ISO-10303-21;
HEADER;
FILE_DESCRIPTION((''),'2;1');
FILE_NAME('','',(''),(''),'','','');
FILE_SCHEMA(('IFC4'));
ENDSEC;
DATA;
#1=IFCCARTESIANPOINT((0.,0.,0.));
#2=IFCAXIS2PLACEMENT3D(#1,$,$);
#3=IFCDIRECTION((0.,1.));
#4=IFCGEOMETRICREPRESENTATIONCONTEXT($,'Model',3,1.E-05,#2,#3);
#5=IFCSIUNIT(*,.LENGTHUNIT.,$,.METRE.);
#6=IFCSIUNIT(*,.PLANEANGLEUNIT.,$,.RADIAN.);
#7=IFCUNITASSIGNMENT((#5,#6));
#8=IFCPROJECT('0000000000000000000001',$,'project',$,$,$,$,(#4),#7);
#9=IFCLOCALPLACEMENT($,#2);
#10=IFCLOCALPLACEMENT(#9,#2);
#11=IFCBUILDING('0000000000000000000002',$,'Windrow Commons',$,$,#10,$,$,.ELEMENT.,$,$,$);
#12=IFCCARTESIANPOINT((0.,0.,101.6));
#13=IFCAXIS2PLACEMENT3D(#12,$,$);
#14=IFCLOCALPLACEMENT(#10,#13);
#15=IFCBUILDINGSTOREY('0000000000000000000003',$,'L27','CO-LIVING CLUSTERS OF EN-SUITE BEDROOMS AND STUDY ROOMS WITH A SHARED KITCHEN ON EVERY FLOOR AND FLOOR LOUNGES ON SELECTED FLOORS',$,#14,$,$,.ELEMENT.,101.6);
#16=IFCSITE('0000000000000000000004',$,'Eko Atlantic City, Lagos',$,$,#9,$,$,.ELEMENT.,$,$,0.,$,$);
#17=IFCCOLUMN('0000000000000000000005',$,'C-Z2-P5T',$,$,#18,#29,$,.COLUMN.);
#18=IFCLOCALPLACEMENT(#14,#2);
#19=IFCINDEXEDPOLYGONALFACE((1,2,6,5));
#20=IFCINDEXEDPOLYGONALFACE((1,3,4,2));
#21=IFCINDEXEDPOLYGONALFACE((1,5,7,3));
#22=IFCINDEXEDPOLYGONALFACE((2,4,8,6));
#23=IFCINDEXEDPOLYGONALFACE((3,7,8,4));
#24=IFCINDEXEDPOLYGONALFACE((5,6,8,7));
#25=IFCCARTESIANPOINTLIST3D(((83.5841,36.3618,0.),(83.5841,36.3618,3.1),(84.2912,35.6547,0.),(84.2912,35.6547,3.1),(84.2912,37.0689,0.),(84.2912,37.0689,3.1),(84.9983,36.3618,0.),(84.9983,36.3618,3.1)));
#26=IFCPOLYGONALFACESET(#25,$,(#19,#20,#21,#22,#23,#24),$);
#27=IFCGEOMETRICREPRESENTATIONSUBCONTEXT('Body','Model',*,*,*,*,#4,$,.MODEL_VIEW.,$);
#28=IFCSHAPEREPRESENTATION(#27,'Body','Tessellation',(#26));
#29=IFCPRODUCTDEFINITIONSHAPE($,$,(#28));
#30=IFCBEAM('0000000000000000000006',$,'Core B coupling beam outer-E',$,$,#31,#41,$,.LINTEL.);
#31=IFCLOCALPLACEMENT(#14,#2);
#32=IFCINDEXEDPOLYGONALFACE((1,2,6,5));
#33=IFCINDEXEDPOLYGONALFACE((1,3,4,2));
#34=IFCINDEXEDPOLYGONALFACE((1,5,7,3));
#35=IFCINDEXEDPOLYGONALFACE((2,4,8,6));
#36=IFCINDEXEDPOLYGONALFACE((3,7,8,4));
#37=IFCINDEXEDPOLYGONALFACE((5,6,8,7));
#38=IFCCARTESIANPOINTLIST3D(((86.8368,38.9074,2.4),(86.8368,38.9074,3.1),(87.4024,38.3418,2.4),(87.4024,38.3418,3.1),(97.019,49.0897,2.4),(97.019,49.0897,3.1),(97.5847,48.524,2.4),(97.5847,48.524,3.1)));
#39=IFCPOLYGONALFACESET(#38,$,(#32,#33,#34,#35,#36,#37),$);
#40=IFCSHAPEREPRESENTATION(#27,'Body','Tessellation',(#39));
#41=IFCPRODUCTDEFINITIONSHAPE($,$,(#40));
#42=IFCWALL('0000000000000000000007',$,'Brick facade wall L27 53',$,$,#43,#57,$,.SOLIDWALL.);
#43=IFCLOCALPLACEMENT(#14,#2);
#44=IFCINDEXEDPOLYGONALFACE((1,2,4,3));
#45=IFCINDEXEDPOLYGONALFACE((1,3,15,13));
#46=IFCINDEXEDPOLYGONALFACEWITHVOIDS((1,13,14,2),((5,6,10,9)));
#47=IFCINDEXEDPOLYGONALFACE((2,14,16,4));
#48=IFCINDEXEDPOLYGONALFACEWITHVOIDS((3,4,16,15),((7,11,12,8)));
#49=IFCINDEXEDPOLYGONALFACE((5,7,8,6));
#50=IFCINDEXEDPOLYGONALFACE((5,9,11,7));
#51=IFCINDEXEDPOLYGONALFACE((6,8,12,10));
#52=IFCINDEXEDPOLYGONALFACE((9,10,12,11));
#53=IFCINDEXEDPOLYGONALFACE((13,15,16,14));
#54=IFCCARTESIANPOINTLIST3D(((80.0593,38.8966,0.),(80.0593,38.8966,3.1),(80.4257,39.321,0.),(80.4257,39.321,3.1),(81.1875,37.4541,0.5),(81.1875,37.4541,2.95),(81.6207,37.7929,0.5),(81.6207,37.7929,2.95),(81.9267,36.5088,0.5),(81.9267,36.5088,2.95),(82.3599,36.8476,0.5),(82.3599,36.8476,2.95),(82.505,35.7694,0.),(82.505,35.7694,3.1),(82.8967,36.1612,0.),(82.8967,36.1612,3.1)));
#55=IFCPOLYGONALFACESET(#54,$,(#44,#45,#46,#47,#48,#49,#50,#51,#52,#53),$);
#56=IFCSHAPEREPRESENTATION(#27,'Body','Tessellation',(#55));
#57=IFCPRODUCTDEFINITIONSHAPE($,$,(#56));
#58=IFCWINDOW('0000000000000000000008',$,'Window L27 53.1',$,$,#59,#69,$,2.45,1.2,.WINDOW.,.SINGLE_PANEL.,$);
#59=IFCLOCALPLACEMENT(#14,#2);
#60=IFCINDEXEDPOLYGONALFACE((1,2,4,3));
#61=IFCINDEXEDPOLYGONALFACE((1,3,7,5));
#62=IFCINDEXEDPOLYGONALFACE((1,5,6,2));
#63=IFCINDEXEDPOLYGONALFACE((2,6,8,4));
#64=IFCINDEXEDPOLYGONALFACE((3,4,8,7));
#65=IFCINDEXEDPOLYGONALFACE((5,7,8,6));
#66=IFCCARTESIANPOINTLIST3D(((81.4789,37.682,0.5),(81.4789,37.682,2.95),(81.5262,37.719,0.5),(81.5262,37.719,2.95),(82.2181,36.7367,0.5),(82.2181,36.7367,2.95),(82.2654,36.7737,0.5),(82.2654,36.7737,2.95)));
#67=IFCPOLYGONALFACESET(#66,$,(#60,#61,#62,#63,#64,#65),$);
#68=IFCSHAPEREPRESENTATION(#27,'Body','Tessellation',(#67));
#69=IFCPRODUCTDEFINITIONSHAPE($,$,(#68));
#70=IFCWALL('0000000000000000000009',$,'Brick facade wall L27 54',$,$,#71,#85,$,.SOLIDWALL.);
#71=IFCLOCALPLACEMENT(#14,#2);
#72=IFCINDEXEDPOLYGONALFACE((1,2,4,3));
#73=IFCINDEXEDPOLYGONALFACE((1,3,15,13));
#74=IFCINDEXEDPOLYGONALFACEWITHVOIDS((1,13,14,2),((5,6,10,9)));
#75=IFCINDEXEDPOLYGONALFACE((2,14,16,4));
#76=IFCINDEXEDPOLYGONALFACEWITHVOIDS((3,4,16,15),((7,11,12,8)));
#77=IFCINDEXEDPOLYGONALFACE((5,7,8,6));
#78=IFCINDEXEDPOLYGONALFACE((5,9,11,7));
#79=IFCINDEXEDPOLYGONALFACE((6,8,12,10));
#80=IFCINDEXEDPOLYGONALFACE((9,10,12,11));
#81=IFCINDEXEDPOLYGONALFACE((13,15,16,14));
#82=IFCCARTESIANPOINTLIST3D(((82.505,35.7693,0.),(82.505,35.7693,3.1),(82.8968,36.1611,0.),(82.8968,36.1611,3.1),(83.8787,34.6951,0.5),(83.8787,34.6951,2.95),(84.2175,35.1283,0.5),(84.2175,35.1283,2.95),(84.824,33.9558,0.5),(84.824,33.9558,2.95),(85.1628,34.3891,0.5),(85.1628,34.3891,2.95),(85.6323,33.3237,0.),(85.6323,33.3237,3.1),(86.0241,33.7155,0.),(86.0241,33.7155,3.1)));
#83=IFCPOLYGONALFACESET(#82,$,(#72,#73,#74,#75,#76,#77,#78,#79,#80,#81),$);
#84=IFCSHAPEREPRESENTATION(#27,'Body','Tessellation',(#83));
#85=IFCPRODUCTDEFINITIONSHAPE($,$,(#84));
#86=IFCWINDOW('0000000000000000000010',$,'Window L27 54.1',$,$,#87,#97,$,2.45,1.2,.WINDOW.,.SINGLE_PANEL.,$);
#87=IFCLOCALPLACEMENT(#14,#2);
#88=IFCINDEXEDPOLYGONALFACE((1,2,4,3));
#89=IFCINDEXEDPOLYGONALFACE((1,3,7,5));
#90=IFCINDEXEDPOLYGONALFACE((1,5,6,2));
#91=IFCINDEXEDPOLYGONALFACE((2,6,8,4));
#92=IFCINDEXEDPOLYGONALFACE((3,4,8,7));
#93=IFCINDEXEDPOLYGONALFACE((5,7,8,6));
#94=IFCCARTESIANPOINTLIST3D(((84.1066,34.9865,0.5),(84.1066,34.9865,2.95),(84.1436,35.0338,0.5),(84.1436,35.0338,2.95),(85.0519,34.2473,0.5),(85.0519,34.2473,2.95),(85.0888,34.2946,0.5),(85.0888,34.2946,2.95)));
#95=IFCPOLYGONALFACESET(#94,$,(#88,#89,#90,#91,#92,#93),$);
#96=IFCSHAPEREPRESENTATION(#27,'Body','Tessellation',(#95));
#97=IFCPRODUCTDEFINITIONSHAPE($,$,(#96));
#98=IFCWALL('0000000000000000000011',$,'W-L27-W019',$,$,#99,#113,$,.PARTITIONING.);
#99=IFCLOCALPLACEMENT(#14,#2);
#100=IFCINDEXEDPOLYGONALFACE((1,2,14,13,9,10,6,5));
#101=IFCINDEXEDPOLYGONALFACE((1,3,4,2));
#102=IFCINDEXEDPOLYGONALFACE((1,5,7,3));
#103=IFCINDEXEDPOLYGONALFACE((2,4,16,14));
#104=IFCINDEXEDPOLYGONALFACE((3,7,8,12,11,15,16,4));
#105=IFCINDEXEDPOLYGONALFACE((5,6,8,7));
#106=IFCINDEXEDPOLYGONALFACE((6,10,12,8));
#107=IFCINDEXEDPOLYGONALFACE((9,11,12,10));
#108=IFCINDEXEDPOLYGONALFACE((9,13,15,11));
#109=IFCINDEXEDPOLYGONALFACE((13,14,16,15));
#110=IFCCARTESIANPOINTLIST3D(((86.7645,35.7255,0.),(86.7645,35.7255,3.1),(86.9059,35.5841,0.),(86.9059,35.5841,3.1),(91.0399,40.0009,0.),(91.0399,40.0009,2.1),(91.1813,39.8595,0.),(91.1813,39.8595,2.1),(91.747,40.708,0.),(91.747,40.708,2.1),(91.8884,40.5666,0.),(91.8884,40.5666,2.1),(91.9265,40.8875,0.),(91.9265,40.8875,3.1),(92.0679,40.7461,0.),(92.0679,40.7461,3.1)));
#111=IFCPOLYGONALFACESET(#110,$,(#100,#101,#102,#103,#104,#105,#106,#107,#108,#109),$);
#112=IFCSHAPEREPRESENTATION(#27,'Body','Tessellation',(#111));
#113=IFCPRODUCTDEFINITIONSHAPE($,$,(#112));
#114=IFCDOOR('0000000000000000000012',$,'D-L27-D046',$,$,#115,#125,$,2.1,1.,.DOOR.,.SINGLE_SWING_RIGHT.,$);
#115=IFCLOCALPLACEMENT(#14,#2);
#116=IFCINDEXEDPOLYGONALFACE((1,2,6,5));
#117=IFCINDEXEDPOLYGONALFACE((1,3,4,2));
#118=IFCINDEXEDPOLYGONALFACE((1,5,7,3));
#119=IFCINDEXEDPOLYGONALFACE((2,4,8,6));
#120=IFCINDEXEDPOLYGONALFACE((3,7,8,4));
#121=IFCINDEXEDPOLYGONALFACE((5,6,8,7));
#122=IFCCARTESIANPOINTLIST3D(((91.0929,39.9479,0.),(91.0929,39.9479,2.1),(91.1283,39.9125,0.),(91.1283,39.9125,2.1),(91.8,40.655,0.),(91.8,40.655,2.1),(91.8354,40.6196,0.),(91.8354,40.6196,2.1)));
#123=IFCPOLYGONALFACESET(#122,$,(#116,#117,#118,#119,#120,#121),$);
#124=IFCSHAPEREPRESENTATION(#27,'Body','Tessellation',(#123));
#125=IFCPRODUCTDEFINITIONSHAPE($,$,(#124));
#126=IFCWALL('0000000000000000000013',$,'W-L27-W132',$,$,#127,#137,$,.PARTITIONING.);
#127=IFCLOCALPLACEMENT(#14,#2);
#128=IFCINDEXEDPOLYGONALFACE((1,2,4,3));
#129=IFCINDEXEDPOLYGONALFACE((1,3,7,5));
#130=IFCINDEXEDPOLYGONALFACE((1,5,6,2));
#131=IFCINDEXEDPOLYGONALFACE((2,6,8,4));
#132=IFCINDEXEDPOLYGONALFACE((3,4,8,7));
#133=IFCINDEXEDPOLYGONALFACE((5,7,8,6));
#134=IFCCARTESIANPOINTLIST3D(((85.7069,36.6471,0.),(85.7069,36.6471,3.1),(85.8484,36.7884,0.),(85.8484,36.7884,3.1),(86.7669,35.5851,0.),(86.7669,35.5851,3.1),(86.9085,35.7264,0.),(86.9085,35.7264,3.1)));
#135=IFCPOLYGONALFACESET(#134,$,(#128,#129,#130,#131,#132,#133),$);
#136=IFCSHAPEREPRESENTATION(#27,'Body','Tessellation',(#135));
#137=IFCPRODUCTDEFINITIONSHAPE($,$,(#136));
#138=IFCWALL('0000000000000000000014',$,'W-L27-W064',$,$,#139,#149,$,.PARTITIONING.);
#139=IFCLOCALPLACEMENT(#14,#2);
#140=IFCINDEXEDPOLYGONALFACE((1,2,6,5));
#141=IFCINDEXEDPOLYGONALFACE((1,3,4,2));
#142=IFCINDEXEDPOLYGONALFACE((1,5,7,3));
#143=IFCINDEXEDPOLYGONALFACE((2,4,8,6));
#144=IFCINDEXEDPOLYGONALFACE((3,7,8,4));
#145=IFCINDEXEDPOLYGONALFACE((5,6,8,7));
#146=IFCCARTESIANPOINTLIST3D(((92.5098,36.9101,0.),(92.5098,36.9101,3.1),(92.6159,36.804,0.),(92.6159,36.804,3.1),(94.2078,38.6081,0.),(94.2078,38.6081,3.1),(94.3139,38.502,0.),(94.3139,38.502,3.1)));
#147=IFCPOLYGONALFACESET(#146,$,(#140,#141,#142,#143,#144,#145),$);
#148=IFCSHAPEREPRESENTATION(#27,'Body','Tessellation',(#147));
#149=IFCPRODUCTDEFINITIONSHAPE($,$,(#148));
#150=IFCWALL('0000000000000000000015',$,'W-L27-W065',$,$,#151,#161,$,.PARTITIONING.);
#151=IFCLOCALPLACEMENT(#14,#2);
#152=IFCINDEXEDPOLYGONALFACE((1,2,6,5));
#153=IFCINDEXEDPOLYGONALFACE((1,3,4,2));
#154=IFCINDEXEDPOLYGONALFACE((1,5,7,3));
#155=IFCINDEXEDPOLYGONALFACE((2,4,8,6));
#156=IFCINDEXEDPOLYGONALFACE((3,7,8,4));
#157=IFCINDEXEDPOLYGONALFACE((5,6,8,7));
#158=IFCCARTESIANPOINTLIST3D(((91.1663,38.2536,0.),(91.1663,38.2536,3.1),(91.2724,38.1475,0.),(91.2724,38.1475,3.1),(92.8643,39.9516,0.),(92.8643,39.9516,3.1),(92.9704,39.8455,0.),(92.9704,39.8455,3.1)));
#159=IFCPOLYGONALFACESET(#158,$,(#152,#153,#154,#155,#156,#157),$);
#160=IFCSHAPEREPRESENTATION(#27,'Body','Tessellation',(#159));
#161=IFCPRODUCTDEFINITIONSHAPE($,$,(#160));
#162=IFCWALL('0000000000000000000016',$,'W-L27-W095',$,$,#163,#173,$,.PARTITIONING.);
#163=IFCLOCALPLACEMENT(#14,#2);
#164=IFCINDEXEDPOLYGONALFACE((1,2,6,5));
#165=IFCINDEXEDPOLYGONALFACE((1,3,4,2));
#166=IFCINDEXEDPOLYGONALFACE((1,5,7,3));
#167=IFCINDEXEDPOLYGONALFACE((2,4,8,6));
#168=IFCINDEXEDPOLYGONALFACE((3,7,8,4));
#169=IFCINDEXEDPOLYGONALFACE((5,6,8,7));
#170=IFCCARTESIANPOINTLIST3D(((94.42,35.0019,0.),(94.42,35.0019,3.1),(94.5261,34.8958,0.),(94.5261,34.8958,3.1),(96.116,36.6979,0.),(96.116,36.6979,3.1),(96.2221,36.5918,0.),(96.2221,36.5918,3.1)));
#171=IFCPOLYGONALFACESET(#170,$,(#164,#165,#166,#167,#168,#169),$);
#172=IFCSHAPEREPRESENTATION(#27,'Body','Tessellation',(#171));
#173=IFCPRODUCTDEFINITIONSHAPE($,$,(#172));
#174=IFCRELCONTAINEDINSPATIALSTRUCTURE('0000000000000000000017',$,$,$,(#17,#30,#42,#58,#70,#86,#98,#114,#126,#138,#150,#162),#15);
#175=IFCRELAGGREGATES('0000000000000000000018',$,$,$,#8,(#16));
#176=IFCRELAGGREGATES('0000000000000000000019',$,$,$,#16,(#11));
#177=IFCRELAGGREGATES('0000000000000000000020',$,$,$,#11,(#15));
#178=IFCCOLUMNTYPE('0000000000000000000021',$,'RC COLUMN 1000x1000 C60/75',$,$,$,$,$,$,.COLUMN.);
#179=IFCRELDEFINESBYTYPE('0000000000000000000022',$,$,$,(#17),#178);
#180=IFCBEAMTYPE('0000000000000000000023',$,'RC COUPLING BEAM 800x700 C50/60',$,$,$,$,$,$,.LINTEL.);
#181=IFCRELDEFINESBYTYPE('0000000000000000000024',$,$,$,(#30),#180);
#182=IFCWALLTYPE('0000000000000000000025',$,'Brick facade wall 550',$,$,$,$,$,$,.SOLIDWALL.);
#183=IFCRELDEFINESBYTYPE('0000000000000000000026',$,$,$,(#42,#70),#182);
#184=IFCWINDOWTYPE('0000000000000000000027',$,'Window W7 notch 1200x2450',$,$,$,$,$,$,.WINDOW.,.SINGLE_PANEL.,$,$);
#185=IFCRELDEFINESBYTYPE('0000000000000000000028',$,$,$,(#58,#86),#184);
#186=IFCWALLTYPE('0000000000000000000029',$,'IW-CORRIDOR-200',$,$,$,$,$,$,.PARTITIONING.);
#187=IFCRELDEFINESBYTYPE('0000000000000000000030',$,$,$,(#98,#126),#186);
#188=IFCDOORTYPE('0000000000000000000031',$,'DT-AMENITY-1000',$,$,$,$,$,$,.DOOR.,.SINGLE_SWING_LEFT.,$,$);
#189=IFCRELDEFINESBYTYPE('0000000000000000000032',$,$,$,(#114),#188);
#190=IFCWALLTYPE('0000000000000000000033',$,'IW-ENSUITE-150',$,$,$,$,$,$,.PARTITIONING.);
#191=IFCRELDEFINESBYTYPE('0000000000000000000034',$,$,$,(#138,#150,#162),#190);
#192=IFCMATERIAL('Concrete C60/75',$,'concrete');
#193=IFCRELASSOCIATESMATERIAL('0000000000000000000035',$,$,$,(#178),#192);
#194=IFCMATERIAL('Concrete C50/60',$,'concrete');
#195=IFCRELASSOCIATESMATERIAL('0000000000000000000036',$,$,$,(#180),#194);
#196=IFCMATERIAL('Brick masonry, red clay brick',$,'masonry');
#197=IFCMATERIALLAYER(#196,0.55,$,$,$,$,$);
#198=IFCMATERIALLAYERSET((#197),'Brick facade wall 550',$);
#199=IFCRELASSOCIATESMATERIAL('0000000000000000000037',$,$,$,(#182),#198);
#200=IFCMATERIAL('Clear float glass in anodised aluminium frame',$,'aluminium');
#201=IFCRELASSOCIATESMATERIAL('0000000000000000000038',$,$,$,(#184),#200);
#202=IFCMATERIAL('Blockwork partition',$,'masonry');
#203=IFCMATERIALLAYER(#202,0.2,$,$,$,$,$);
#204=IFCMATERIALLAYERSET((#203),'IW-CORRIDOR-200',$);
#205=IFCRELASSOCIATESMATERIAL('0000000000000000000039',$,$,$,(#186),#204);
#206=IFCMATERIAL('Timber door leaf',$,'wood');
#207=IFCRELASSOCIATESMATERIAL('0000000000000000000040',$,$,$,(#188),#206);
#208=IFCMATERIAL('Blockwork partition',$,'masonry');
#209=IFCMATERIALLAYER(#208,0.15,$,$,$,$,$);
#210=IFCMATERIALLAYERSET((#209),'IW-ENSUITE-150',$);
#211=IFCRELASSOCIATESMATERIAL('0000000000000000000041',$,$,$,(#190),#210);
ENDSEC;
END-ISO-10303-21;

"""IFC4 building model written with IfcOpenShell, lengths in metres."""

from ifc_helpers import new_model, si_unit, direction, frame, frame_2d, origin, origin_2d, place, context, subcontext, project, spatial, polyline, rectangle, outline, extrude, material, layer, layer_set, material_profile, profile_set, type_object, element, fill, save


model = new_model("IFC4")

# Units and contexts
model_context = context("Model", 3, precision=1e-05, world=origin(), true_north=direction((0.0, 1.0)))
body_context = subcontext(model_context, "Body", "Model", "MODEL_VIEW")
ifc_project = project(units=[si_unit("LENGTHUNIT", "METRE"), si_unit("PLANEANGLEUNIT", "RADIAN")], contexts=[model_context])

# Site, building, storey
site_placement = place(None, origin())
site = spatial("IfcSite", under=ifc_project, at=site_placement, Name="Eko Atlantic City, Lagos", CompositionType="ELEMENT", RefElevation=0.0)
building_placement = place(site_placement, origin())
building = spatial("IfcBuilding", under=site, at=building_placement, Name="Windrow Commons", CompositionType="ELEMENT")
storey_placement = place(building_placement, frame((0.0, 0.0, 101.6)))
storey = spatial("IfcBuildingStorey", under=building, at=storey_placement, Name="L27", Description="CO-LIVING CLUSTERS OF EN-SUITE BEDROOMS AND STUDY ROOMS WITH A SHARED KITCHEN ON EVERY FLOOR AND FLOOR LOUNGES ON SELECTED FLOORS", CompositionType="ELEMENT", Elevation=101.6)

# Column
ifc_material_1 = material(Name="Concrete C60/75", Category="concrete")
ifc_material_profile_1 = material_profile(ifc_material_1, rectangle(XDim=1.0, YDim=1.0, at=origin_2d()))
ifc_profile_set_1 = profile_set([ifc_material_profile_1], Name="Concrete C60/75")
column_type = type_object("IfcColumnType", Name="RC COLUMN 1000x1000 C60/75", PredefinedType="COLUMN", material=ifc_profile_set_1)
column_placement = place(storey_placement, frame((84.2912, 36.3618, 0.0), z_axis=(0.0, 0.0, 1.0), x_axis=(0.707107, -0.707107, 0.0)))
element("IfcColumn", 1, at=column_placement, inside=storey, type_object=column_type, Name="C-Z2-P5T", PredefinedType="COLUMN", context=body_context, shape_type="SweptSolid", body=[
    extrude(rectangle(XDim=1.0, YDim=1.0, at=origin_2d()), origin(), (0.0, 0.0, 1.0), 3.1),
])

# Beam
ifc_material_2 = material(Name="Concrete C50/60", Category="concrete")
ifc_material_profile_2 = material_profile(ifc_material_2, rectangle(XDim=0.8, YDim=0.7, at=origin_2d()))
ifc_profile_set_2 = profile_set([ifc_material_profile_2], Name="Concrete C50/60")
beam_type = type_object("IfcBeamType", Name="RC COUPLING BEAM 800x700 C50/60", PredefinedType="LINTEL", material=ifc_profile_set_2)
beam_placement = place(storey_placement, frame((87.1196, 38.6246, 2.75), z_axis=(0.707107, 0.707107, 0.0), x_axis=(-0.707107, 0.707107, 0.0)))
element("IfcBeam", 2, at=beam_placement, inside=storey, type_object=beam_type, Name="Core B coupling beam outer-E", PredefinedType="LINTEL", context=body_context, shape_type="SweptSolid", body=[
    extrude(rectangle(XDim=0.8, YDim=0.7, at=origin_2d()), origin(), (0.0, 0.0, 1.0), 14.3999),
])

# Walls, openings, windows
ifc_material_3 = material(Name="Brick masonry, red clay brick", Category="masonry")
ifc_layer_1 = layer(ifc_material_3, 0.55)
ifc_layer_set_1 = layer_set([ifc_layer_1], Name="Brick facade wall 550")
wall_type_1 = type_object("IfcWallType", Name="Brick facade wall 550", PredefinedType="SOLIDWALL", material=ifc_layer_set_1)
wall_1_placement = place(storey_placement, frame((80.2425, 39.1088, 0.0), z_axis=(0.0, 0.0, 1.0), x_axis=(0.616027, -0.787725, 0.0)))
wall_1 = element("IfcWall", 3, at=wall_1_placement, inside=storey, type_object=wall_type_1, Name="Brick facade wall L27 53", PredefinedType="SOLIDWALL", context=body_context, shape_type="SweptSolid", body=[
    extrude(outline(polyline([(0.0543, -0.275), (4.0243, -0.275), (3.957, 0.275), (-0.0543, 0.275), (0.0543, -0.275)])), origin(), (0.0, 0.0, 1.0), 3.1),
])
opening_1_placement = place(wall_1_placement, frame((1.8856, 0.0, 0.5)))
opening_1 = element("IfcOpeningElement", 4, at=opening_1_placement, cuts=wall_1, PredefinedType="OPENING", context=body_context, shape_type="SweptSolid", body=[
    extrude(rectangle(XDim=1.2, YDim=2.45, at=frame_2d((0.6, 1.225))), frame((0.0, 0.285, 0.0), z_axis=(0.0, -1.0, 0.0), x_axis=(1.0, 0.0, 0.0)), (0.0, 0.0, 1.0), 0.57),
])
ifc_material_4 = material(Name="Clear float glass in anodised aluminium frame", Category="aluminium")
window_type = type_object("IfcWindowType", Name="Window W7 notch 1200x2450", PartitioningType="SINGLE_PANEL", PredefinedType="WINDOW", material=ifc_material_4)
window_1_placement = place(opening_1_placement, origin())
window_1 = element("IfcWindow", 5, at=window_1_placement, inside=storey, type_object=window_type, Name="Window L27 53.1", OverallHeight=2.45, OverallWidth=1.2, PartitioningType="SINGLE_PANEL", PredefinedType="WINDOW", context=body_context, shape_type="SweptSolid", body=[
    extrude(rectangle(XDim=1.2, YDim=2.45, at=frame_2d((0.6, 1.225))), frame((0.0, 0.155, 0.0), z_axis=(0.0, -1.0, 0.0), x_axis=(1.0, 0.0, 0.0)), (0.0, 0.0, 1.0), 0.06),
])
fill(opening_1, window_1)
wall_2_placement = place(storey_placement, frame((82.7009, 35.9652, 0.0), z_axis=(0.0, 0.0, 1.0), x_axis=(0.787731, -0.616019, 0.0)))
wall_2 = element("IfcWall", 6, at=wall_2_placement, inside=storey, type_object=wall_type_1, Name="Brick facade wall L27 54", PredefinedType="SOLIDWALL", context=body_context, shape_type="SweptSolid", body=[
    extrude(outline(polyline([(-0.0336, -0.275), (3.9364, -0.275), (4.0037, 0.275), (0.0336, 0.275), (-0.0336, -0.275)])), origin(), (0.0, 0.0, 1.0), 3.1),
])
opening_2_placement = place(wall_2_placement, frame((1.7102, 0.0, 0.5)))
opening_2 = element("IfcOpeningElement", 7, at=opening_2_placement, cuts=wall_2, PredefinedType="OPENING", context=body_context, shape_type="SweptSolid", body=[
    extrude(rectangle(XDim=1.2, YDim=2.45, at=frame_2d((0.6, 1.225))), frame((0.0, 0.285, 0.0), z_axis=(0.0, -1.0, 0.0), x_axis=(1.0, 0.0, 0.0)), (0.0, 0.0, 1.0), 0.57),
])
window_2_placement = place(opening_2_placement, origin())
window_2 = element("IfcWindow", 8, at=window_2_placement, inside=storey, type_object=window_type, Name="Window L27 54.1", OverallHeight=2.45, OverallWidth=1.2, PartitioningType="SINGLE_PANEL", PredefinedType="WINDOW", context=body_context, shape_type="SweptSolid", body=[
    extrude(rectangle(XDim=1.2, YDim=2.45, at=frame_2d((0.6, 1.225))), frame((0.0, 0.155, 0.0), z_axis=(0.0, -1.0, 0.0), x_axis=(1.0, 0.0, 0.0)), (0.0, 0.0, 1.0), 0.06),
])
fill(opening_2, window_2)

# Wall, opening, door
ifc_material_5 = material(Name="Blockwork partition", Category="masonry")
ifc_layer_2 = layer(ifc_material_5, 0.2)
ifc_layer_set_2 = layer_set([ifc_layer_2], Name="IW-CORRIDOR-200")
wall_type_2 = type_object("IfcWallType", Name="IW-CORRIDOR-200", PredefinedType="PARTITIONING", material=ifc_layer_set_2)
wall_3_placement = place(storey_placement, frame((86.8352, 35.6548, 0.0), z_axis=(0.0, 0.0, 1.0), x_axis=(0.707107, 0.707107, 0.0)))
wall_3 = element("IfcWall", 9, at=wall_3_placement, inside=storey, type_object=wall_type_2, Name="W-L27-W019", PredefinedType="PARTITIONING", context=body_context, shape_type="SweptSolid", body=[
    extrude(rectangle(XDim=7.3002, YDim=0.2, at=frame_2d((3.6501, 0.0))), origin(), (0.0, 0.0, 1.0), 3.1),
])
opening_3_placement = place(wall_3_placement, frame((6.0463, 0.0, 0.0)))
opening_3 = element("IfcOpeningElement", 10, at=opening_3_placement, cuts=wall_3, PredefinedType="OPENING", context=body_context, shape_type="SweptSolid", body=[
    extrude(rectangle(XDim=1.0, YDim=2.1, at=frame_2d((0.5, 1.05))), frame((0.0, 0.11, 0.0), z_axis=(0.0, -1.0, 0.0), x_axis=(1.0, 0.0, 0.0)), (0.0, 0.0, 1.0), 0.22),
])
ifc_material_6 = material(Name="Timber door leaf", Category="wood")
door_type_1 = type_object("IfcDoorType", Name="DT-AMENITY-1000", OperationType="SINGLE_SWING_LEFT", PredefinedType="DOOR", material=ifc_material_6)
door_1_placement = place(opening_3_placement, origin())
door_1 = element("IfcDoor", 11, at=door_1_placement, inside=storey, type_object=door_type_1, Name="D-L27-D046", OperationType="SINGLE_SWING_RIGHT", OverallHeight=2.1, OverallWidth=1.0, PredefinedType="DOOR", context=body_context, shape_type="SweptSolid", body=[
    extrude(rectangle(XDim=1.0, YDim=2.1, at=frame_2d((0.5, 1.05))), frame((0.0, 0.025, 0.0), z_axis=(0.0, -1.0, 0.0), x_axis=(1.0, 0.0, 0.0)), (0.0, 0.0, 1.0), 0.05),
])
fill(opening_3, door_1)

# Walls
wall_4_placement = place(storey_placement, frame((85.7777, 36.7177, 0.0), z_axis=(0.0, 0.0, 1.0), x_axis=(0.70644, -0.707773, 0.0)))
element("IfcWall", 12, at=wall_4_placement, inside=storey, type_object=wall_type_2, Name="W-L27-W132", PredefinedType="PARTITIONING", context=body_context, shape_type="SweptSolid", body=[
    extrude(rectangle(XDim=1.5005, YDim=0.2, at=frame_2d((0.7502, 0.0))), origin(), (0.0, 0.0, 1.0), 3.1),
])
ifc_material_7 = material(Name="Blockwork partition", Category="masonry")
ifc_layer_3 = layer(ifc_material_7, 0.15)
ifc_layer_set_3 = layer_set([ifc_layer_3], Name="IW-ENSUITE-150")
wall_type_3 = type_object("IfcWallType", Name="IW-ENSUITE-150", PredefinedType="PARTITIONING", material=ifc_layer_set_3)
for number, where, z_axis, x_axis, name in (
    (13, (92.5629, 36.8571, 0.0), (0.0, 0.0, 1.0), (0.707107, 0.707107, 0.0), "W-L27-W064"),
    (14, (91.2194, 38.2006, 0.0), (0.0, 0.0, 1.0), (0.707107, 0.707107, 0.0), "W-L27-W065"),
):
    element("IfcWall", number, at=place(storey_placement, frame(where, z_axis=z_axis, x_axis=x_axis)), inside=storey, type_object=wall_type_3, Name=name, PredefinedType="PARTITIONING", context=body_context, shape_type="SweptSolid", body=[
        extrude(rectangle(XDim=2.4013, YDim=0.15, at=frame_2d((1.2006, 0.0))), origin(), (0.0, 0.0, 1.0), 3.1),
    ])
wall_5_placement = place(storey_placement, frame((94.4731, 34.9489, 0.0), z_axis=(0.0, 0.0, 1.0), x_axis=(0.707107, 0.707107, 0.0)))
element("IfcWall", 15, at=wall_5_placement, inside=storey, type_object=wall_type_3, Name="W-L27-W095", PredefinedType="PARTITIONING", context=body_context, shape_type="SweptSolid", body=[
    extrude(rectangle(XDim=2.3985, YDim=0.15, at=frame_2d((1.1992, 0.0))), origin(), (0.0, 0.0, 1.0), 3.1),
])

save(model, "model.ifc")
